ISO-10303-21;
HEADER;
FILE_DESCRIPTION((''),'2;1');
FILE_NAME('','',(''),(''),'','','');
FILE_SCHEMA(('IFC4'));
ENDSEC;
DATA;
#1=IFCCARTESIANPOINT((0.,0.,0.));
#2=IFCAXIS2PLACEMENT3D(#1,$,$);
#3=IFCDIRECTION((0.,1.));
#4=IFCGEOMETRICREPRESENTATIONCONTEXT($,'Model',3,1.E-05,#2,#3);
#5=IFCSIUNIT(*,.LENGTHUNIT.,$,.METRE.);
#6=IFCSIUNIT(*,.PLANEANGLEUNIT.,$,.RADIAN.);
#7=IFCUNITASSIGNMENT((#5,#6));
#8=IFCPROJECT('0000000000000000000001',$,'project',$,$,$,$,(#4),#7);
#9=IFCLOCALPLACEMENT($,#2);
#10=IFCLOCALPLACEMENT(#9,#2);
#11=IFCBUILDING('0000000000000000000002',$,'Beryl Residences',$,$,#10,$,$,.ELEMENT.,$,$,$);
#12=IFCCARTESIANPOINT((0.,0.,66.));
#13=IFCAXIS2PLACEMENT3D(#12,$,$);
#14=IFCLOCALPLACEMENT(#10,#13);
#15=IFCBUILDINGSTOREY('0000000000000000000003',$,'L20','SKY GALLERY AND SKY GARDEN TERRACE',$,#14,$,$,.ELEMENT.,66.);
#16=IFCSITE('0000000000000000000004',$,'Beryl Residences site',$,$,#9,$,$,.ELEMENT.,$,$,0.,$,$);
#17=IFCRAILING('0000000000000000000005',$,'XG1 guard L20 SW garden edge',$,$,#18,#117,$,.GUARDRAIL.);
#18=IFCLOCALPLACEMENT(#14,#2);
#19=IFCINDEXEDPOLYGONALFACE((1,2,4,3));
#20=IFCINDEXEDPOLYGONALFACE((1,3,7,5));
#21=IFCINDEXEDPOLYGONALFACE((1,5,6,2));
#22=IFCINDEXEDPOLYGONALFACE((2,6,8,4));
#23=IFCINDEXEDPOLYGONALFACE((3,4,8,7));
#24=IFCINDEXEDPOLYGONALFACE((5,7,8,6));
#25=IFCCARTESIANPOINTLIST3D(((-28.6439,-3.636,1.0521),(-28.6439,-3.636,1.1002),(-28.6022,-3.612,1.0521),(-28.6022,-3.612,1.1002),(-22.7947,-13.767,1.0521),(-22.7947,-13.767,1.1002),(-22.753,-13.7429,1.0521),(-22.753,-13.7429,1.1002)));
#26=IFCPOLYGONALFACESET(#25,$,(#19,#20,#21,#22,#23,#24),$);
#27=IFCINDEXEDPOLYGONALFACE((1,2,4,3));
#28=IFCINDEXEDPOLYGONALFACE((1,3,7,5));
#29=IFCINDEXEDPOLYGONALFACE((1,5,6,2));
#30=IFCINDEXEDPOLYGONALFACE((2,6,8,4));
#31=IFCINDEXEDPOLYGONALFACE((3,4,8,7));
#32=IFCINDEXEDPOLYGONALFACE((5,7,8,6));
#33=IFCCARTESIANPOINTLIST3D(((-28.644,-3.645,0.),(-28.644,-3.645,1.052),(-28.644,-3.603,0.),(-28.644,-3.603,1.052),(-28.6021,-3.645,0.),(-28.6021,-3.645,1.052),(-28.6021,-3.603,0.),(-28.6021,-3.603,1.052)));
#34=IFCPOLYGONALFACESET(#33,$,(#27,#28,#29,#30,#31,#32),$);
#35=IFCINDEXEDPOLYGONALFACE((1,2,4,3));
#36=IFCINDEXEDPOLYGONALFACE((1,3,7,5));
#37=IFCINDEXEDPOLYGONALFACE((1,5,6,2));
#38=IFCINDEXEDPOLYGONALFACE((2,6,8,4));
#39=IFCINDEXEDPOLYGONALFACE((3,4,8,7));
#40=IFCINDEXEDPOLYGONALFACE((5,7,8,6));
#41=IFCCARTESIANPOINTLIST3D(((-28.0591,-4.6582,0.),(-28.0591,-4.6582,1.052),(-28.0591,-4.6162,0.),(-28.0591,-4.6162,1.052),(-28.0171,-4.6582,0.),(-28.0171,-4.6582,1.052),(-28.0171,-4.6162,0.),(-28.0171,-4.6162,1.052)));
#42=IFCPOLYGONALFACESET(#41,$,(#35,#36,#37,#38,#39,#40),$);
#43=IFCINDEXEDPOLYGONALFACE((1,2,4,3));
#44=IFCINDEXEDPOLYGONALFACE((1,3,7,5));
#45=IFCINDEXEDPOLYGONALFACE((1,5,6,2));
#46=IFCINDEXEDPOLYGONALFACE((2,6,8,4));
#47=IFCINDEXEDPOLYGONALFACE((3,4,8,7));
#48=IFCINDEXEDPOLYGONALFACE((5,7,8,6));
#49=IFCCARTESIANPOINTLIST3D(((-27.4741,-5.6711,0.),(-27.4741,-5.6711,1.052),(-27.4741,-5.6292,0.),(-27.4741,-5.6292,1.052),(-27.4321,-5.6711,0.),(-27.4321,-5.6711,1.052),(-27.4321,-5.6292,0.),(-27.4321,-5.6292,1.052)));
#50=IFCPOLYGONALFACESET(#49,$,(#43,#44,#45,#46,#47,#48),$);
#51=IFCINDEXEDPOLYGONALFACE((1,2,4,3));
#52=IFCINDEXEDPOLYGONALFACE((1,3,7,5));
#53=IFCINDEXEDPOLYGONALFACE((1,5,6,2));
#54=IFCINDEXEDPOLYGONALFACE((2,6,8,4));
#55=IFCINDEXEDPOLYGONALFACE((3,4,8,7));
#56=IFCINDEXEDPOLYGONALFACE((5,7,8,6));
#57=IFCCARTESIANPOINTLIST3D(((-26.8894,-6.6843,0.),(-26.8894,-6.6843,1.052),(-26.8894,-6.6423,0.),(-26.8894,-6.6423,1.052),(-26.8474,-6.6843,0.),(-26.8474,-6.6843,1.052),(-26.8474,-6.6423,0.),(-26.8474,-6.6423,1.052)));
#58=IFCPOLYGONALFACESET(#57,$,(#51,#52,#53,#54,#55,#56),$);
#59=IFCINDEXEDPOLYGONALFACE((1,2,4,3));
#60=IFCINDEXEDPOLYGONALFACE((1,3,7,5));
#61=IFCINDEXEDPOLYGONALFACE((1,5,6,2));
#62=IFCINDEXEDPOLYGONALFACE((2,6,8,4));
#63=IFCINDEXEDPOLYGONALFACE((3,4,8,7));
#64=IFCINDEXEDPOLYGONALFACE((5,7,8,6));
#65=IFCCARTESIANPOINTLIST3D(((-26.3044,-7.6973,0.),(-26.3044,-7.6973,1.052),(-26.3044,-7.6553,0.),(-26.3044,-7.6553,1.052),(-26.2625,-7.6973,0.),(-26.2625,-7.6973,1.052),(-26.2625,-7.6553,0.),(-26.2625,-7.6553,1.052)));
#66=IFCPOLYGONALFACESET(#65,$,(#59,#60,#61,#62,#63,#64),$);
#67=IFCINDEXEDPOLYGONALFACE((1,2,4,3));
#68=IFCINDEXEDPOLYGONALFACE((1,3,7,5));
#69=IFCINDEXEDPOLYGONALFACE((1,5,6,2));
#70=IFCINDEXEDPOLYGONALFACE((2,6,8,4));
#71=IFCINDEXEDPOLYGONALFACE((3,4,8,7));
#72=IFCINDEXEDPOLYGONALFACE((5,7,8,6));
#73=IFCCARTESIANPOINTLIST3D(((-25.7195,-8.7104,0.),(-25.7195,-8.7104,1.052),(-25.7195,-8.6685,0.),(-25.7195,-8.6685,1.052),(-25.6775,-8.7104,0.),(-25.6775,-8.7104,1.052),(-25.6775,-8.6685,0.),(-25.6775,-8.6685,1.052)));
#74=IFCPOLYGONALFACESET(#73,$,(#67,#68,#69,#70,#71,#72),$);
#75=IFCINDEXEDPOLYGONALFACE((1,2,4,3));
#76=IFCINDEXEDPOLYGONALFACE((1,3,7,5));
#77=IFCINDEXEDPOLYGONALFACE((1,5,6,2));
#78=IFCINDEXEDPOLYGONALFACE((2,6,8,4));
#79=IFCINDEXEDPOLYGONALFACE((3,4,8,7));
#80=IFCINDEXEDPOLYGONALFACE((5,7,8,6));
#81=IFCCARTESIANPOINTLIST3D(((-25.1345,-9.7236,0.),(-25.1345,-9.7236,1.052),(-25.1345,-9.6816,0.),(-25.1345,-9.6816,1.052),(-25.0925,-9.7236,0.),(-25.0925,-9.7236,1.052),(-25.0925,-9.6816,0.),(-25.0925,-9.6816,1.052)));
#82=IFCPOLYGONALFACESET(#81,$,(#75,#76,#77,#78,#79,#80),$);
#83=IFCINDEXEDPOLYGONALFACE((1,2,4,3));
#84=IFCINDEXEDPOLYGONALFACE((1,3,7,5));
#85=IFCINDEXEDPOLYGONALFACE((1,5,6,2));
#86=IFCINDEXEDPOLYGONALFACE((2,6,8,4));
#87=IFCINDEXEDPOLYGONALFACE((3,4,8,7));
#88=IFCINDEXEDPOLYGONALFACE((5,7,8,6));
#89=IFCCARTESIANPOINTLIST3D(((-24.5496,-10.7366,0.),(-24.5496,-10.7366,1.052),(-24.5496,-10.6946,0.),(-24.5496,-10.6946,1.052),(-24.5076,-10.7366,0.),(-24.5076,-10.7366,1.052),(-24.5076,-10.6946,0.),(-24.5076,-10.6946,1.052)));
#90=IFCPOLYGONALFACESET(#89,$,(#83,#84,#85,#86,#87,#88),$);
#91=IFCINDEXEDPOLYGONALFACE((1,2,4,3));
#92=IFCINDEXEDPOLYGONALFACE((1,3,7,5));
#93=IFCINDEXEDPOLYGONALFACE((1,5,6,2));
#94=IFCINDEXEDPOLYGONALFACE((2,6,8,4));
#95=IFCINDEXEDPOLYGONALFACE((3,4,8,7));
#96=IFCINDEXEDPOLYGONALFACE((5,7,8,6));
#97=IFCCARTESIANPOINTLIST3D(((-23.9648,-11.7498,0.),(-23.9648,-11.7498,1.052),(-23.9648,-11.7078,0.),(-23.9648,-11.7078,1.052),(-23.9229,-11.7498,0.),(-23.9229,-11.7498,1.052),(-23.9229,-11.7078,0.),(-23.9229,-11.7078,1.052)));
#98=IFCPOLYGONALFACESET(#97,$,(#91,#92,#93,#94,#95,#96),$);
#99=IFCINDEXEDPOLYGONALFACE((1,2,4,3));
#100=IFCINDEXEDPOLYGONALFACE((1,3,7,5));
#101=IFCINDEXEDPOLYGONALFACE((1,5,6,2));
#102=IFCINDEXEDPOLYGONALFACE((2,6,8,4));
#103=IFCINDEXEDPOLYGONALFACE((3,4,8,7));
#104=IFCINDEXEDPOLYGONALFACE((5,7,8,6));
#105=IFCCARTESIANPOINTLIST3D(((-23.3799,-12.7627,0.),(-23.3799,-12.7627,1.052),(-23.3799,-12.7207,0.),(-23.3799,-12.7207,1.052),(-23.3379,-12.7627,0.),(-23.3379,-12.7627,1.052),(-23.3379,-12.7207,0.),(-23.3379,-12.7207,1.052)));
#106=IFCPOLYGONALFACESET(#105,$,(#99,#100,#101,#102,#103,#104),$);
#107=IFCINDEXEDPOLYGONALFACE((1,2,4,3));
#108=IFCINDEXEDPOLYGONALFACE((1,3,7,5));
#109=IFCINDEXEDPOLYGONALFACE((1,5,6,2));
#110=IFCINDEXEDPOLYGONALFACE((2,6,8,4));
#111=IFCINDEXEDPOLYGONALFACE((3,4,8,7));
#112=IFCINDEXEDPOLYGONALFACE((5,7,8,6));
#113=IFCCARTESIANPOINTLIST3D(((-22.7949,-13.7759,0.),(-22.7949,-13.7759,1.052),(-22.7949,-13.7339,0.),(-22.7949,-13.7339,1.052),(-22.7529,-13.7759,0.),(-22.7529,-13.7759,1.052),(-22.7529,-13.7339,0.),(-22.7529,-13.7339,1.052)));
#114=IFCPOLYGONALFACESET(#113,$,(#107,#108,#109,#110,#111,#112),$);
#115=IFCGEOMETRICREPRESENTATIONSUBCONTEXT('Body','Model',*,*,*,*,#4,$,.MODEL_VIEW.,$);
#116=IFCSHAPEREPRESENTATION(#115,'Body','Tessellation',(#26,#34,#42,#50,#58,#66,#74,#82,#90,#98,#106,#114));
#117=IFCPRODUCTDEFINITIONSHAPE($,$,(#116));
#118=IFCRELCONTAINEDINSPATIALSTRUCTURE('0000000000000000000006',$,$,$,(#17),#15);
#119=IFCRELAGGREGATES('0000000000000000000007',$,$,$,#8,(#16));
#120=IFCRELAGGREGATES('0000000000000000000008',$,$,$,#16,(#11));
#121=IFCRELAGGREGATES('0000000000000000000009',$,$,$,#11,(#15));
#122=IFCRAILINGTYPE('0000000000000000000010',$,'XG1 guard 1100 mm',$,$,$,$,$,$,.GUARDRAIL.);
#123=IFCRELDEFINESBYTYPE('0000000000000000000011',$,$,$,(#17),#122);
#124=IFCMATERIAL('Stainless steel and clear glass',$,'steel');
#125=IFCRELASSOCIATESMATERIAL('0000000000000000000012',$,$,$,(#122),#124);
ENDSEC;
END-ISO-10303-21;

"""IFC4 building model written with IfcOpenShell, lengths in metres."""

from ifc_helpers import new_model, si_unit, direction, frame, origin, origin_2d, place, context, subcontext, project, spatial, rectangle, extrude, material, type_object, element, save


model = new_model("IFC4")

# Units and contexts
model_context = context("Model", 3, precision=1e-05, world=origin(), true_north=direction((0.0, 1.0)))
body_context = subcontext(model_context, "Body", "Model", "MODEL_VIEW")
ifc_project = project(units=[si_unit("LENGTHUNIT", "METRE"), si_unit("PLANEANGLEUNIT", "RADIAN")], contexts=[model_context])

# Site, building, storey
site_placement = place(None, origin())
site = spatial("IfcSite", under=ifc_project, at=site_placement, Name="Beryl Residences site", CompositionType="ELEMENT", RefElevation=0.0)
building_placement = place(site_placement, origin())
building = spatial("IfcBuilding", under=site, at=building_placement, Name="Beryl Residences", CompositionType="ELEMENT")
storey_placement = place(building_placement, frame((0.0, 0.0, 66.0)))
storey = spatial("IfcBuildingStorey", under=building, at=storey_placement, Name="L20", Description="SKY GALLERY AND SKY GARDEN TERRACE", CompositionType="ELEMENT", Elevation=66.0)

# Railing
ifc_material_1 = material(Name="Stainless steel and clear glass", Category="steel")
railing_type_1 = type_object("IfcRailingType", Name="XG1 guard 1100 mm", PredefinedType="GUARDRAIL", material=ifc_material_1)
railing_1_placement = place(storey_placement, frame((-28.623, -3.624, 0.0)))
element("IfcRailing", 1, at=railing_1_placement, inside=storey, type_object=railing_type_1, Name="XG1 guard L20 SW garden edge", PredefinedType="GUARDRAIL", context=body_context, shape_type="SweptSolid", body=[
    extrude(rectangle(XDim=0.0481, YDim=0.0481, at=origin_2d()), frame((0.0, 0.0, 1.0762), z_axis=(0.500004, -0.866023, 0.0), x_axis=(0.866023, 0.500004, 0.0)), (0.0, 0.0, 1.0), 11.6982),
    extrude(rectangle(XDim=0.042, YDim=0.042, at=origin_2d()), origin(), (0.0, 0.0, 1.0), 1.052),
    extrude(rectangle(XDim=0.042, YDim=0.042, at=origin_2d()), frame((0.585, -1.0132, 0.0)), (0.0, 0.0, 1.0), 1.052),
    extrude(rectangle(XDim=0.042, YDim=0.042, at=origin_2d()), frame((1.1699, -2.0261, 0.0)), (0.0, 0.0, 1.0), 1.052),
    extrude(rectangle(XDim=0.042, YDim=0.042, at=origin_2d()), frame((1.7546, -3.0393, 0.0)), (0.0, 0.0, 1.0), 1.052),
    extrude(rectangle(XDim=0.042, YDim=0.042, at=origin_2d()), frame((2.3396, -4.0522, 0.0)), (0.0, 0.0, 1.0), 1.052),
    extrude(rectangle(XDim=0.042, YDim=0.042, at=origin_2d()), frame((2.9246, -5.0654, 0.0)), (0.0, 0.0, 1.0), 1.052),
    extrude(rectangle(XDim=0.042, YDim=0.042, at=origin_2d()), frame((3.5095, -6.0786, 0.0)), (0.0, 0.0, 1.0), 1.052),
    extrude(rectangle(XDim=0.042, YDim=0.042, at=origin_2d()), frame((4.0945, -7.0916, 0.0)), (0.0, 0.0, 1.0), 1.052),
    extrude(rectangle(XDim=0.042, YDim=0.042, at=origin_2d()), frame((4.6792, -8.1047, 0.0)), (0.0, 0.0, 1.0), 1.052),
    extrude(rectangle(XDim=0.042, YDim=0.042, at=origin_2d()), frame((5.2642, -9.1177, 0.0)), (0.0, 0.0, 1.0), 1.052),
    extrude(rectangle(XDim=0.042, YDim=0.042, at=origin_2d()), frame((5.8491, -10.1309, 0.0)), (0.0, 0.0, 1.0), 1.052),
])

save(model, "model.ifc")
